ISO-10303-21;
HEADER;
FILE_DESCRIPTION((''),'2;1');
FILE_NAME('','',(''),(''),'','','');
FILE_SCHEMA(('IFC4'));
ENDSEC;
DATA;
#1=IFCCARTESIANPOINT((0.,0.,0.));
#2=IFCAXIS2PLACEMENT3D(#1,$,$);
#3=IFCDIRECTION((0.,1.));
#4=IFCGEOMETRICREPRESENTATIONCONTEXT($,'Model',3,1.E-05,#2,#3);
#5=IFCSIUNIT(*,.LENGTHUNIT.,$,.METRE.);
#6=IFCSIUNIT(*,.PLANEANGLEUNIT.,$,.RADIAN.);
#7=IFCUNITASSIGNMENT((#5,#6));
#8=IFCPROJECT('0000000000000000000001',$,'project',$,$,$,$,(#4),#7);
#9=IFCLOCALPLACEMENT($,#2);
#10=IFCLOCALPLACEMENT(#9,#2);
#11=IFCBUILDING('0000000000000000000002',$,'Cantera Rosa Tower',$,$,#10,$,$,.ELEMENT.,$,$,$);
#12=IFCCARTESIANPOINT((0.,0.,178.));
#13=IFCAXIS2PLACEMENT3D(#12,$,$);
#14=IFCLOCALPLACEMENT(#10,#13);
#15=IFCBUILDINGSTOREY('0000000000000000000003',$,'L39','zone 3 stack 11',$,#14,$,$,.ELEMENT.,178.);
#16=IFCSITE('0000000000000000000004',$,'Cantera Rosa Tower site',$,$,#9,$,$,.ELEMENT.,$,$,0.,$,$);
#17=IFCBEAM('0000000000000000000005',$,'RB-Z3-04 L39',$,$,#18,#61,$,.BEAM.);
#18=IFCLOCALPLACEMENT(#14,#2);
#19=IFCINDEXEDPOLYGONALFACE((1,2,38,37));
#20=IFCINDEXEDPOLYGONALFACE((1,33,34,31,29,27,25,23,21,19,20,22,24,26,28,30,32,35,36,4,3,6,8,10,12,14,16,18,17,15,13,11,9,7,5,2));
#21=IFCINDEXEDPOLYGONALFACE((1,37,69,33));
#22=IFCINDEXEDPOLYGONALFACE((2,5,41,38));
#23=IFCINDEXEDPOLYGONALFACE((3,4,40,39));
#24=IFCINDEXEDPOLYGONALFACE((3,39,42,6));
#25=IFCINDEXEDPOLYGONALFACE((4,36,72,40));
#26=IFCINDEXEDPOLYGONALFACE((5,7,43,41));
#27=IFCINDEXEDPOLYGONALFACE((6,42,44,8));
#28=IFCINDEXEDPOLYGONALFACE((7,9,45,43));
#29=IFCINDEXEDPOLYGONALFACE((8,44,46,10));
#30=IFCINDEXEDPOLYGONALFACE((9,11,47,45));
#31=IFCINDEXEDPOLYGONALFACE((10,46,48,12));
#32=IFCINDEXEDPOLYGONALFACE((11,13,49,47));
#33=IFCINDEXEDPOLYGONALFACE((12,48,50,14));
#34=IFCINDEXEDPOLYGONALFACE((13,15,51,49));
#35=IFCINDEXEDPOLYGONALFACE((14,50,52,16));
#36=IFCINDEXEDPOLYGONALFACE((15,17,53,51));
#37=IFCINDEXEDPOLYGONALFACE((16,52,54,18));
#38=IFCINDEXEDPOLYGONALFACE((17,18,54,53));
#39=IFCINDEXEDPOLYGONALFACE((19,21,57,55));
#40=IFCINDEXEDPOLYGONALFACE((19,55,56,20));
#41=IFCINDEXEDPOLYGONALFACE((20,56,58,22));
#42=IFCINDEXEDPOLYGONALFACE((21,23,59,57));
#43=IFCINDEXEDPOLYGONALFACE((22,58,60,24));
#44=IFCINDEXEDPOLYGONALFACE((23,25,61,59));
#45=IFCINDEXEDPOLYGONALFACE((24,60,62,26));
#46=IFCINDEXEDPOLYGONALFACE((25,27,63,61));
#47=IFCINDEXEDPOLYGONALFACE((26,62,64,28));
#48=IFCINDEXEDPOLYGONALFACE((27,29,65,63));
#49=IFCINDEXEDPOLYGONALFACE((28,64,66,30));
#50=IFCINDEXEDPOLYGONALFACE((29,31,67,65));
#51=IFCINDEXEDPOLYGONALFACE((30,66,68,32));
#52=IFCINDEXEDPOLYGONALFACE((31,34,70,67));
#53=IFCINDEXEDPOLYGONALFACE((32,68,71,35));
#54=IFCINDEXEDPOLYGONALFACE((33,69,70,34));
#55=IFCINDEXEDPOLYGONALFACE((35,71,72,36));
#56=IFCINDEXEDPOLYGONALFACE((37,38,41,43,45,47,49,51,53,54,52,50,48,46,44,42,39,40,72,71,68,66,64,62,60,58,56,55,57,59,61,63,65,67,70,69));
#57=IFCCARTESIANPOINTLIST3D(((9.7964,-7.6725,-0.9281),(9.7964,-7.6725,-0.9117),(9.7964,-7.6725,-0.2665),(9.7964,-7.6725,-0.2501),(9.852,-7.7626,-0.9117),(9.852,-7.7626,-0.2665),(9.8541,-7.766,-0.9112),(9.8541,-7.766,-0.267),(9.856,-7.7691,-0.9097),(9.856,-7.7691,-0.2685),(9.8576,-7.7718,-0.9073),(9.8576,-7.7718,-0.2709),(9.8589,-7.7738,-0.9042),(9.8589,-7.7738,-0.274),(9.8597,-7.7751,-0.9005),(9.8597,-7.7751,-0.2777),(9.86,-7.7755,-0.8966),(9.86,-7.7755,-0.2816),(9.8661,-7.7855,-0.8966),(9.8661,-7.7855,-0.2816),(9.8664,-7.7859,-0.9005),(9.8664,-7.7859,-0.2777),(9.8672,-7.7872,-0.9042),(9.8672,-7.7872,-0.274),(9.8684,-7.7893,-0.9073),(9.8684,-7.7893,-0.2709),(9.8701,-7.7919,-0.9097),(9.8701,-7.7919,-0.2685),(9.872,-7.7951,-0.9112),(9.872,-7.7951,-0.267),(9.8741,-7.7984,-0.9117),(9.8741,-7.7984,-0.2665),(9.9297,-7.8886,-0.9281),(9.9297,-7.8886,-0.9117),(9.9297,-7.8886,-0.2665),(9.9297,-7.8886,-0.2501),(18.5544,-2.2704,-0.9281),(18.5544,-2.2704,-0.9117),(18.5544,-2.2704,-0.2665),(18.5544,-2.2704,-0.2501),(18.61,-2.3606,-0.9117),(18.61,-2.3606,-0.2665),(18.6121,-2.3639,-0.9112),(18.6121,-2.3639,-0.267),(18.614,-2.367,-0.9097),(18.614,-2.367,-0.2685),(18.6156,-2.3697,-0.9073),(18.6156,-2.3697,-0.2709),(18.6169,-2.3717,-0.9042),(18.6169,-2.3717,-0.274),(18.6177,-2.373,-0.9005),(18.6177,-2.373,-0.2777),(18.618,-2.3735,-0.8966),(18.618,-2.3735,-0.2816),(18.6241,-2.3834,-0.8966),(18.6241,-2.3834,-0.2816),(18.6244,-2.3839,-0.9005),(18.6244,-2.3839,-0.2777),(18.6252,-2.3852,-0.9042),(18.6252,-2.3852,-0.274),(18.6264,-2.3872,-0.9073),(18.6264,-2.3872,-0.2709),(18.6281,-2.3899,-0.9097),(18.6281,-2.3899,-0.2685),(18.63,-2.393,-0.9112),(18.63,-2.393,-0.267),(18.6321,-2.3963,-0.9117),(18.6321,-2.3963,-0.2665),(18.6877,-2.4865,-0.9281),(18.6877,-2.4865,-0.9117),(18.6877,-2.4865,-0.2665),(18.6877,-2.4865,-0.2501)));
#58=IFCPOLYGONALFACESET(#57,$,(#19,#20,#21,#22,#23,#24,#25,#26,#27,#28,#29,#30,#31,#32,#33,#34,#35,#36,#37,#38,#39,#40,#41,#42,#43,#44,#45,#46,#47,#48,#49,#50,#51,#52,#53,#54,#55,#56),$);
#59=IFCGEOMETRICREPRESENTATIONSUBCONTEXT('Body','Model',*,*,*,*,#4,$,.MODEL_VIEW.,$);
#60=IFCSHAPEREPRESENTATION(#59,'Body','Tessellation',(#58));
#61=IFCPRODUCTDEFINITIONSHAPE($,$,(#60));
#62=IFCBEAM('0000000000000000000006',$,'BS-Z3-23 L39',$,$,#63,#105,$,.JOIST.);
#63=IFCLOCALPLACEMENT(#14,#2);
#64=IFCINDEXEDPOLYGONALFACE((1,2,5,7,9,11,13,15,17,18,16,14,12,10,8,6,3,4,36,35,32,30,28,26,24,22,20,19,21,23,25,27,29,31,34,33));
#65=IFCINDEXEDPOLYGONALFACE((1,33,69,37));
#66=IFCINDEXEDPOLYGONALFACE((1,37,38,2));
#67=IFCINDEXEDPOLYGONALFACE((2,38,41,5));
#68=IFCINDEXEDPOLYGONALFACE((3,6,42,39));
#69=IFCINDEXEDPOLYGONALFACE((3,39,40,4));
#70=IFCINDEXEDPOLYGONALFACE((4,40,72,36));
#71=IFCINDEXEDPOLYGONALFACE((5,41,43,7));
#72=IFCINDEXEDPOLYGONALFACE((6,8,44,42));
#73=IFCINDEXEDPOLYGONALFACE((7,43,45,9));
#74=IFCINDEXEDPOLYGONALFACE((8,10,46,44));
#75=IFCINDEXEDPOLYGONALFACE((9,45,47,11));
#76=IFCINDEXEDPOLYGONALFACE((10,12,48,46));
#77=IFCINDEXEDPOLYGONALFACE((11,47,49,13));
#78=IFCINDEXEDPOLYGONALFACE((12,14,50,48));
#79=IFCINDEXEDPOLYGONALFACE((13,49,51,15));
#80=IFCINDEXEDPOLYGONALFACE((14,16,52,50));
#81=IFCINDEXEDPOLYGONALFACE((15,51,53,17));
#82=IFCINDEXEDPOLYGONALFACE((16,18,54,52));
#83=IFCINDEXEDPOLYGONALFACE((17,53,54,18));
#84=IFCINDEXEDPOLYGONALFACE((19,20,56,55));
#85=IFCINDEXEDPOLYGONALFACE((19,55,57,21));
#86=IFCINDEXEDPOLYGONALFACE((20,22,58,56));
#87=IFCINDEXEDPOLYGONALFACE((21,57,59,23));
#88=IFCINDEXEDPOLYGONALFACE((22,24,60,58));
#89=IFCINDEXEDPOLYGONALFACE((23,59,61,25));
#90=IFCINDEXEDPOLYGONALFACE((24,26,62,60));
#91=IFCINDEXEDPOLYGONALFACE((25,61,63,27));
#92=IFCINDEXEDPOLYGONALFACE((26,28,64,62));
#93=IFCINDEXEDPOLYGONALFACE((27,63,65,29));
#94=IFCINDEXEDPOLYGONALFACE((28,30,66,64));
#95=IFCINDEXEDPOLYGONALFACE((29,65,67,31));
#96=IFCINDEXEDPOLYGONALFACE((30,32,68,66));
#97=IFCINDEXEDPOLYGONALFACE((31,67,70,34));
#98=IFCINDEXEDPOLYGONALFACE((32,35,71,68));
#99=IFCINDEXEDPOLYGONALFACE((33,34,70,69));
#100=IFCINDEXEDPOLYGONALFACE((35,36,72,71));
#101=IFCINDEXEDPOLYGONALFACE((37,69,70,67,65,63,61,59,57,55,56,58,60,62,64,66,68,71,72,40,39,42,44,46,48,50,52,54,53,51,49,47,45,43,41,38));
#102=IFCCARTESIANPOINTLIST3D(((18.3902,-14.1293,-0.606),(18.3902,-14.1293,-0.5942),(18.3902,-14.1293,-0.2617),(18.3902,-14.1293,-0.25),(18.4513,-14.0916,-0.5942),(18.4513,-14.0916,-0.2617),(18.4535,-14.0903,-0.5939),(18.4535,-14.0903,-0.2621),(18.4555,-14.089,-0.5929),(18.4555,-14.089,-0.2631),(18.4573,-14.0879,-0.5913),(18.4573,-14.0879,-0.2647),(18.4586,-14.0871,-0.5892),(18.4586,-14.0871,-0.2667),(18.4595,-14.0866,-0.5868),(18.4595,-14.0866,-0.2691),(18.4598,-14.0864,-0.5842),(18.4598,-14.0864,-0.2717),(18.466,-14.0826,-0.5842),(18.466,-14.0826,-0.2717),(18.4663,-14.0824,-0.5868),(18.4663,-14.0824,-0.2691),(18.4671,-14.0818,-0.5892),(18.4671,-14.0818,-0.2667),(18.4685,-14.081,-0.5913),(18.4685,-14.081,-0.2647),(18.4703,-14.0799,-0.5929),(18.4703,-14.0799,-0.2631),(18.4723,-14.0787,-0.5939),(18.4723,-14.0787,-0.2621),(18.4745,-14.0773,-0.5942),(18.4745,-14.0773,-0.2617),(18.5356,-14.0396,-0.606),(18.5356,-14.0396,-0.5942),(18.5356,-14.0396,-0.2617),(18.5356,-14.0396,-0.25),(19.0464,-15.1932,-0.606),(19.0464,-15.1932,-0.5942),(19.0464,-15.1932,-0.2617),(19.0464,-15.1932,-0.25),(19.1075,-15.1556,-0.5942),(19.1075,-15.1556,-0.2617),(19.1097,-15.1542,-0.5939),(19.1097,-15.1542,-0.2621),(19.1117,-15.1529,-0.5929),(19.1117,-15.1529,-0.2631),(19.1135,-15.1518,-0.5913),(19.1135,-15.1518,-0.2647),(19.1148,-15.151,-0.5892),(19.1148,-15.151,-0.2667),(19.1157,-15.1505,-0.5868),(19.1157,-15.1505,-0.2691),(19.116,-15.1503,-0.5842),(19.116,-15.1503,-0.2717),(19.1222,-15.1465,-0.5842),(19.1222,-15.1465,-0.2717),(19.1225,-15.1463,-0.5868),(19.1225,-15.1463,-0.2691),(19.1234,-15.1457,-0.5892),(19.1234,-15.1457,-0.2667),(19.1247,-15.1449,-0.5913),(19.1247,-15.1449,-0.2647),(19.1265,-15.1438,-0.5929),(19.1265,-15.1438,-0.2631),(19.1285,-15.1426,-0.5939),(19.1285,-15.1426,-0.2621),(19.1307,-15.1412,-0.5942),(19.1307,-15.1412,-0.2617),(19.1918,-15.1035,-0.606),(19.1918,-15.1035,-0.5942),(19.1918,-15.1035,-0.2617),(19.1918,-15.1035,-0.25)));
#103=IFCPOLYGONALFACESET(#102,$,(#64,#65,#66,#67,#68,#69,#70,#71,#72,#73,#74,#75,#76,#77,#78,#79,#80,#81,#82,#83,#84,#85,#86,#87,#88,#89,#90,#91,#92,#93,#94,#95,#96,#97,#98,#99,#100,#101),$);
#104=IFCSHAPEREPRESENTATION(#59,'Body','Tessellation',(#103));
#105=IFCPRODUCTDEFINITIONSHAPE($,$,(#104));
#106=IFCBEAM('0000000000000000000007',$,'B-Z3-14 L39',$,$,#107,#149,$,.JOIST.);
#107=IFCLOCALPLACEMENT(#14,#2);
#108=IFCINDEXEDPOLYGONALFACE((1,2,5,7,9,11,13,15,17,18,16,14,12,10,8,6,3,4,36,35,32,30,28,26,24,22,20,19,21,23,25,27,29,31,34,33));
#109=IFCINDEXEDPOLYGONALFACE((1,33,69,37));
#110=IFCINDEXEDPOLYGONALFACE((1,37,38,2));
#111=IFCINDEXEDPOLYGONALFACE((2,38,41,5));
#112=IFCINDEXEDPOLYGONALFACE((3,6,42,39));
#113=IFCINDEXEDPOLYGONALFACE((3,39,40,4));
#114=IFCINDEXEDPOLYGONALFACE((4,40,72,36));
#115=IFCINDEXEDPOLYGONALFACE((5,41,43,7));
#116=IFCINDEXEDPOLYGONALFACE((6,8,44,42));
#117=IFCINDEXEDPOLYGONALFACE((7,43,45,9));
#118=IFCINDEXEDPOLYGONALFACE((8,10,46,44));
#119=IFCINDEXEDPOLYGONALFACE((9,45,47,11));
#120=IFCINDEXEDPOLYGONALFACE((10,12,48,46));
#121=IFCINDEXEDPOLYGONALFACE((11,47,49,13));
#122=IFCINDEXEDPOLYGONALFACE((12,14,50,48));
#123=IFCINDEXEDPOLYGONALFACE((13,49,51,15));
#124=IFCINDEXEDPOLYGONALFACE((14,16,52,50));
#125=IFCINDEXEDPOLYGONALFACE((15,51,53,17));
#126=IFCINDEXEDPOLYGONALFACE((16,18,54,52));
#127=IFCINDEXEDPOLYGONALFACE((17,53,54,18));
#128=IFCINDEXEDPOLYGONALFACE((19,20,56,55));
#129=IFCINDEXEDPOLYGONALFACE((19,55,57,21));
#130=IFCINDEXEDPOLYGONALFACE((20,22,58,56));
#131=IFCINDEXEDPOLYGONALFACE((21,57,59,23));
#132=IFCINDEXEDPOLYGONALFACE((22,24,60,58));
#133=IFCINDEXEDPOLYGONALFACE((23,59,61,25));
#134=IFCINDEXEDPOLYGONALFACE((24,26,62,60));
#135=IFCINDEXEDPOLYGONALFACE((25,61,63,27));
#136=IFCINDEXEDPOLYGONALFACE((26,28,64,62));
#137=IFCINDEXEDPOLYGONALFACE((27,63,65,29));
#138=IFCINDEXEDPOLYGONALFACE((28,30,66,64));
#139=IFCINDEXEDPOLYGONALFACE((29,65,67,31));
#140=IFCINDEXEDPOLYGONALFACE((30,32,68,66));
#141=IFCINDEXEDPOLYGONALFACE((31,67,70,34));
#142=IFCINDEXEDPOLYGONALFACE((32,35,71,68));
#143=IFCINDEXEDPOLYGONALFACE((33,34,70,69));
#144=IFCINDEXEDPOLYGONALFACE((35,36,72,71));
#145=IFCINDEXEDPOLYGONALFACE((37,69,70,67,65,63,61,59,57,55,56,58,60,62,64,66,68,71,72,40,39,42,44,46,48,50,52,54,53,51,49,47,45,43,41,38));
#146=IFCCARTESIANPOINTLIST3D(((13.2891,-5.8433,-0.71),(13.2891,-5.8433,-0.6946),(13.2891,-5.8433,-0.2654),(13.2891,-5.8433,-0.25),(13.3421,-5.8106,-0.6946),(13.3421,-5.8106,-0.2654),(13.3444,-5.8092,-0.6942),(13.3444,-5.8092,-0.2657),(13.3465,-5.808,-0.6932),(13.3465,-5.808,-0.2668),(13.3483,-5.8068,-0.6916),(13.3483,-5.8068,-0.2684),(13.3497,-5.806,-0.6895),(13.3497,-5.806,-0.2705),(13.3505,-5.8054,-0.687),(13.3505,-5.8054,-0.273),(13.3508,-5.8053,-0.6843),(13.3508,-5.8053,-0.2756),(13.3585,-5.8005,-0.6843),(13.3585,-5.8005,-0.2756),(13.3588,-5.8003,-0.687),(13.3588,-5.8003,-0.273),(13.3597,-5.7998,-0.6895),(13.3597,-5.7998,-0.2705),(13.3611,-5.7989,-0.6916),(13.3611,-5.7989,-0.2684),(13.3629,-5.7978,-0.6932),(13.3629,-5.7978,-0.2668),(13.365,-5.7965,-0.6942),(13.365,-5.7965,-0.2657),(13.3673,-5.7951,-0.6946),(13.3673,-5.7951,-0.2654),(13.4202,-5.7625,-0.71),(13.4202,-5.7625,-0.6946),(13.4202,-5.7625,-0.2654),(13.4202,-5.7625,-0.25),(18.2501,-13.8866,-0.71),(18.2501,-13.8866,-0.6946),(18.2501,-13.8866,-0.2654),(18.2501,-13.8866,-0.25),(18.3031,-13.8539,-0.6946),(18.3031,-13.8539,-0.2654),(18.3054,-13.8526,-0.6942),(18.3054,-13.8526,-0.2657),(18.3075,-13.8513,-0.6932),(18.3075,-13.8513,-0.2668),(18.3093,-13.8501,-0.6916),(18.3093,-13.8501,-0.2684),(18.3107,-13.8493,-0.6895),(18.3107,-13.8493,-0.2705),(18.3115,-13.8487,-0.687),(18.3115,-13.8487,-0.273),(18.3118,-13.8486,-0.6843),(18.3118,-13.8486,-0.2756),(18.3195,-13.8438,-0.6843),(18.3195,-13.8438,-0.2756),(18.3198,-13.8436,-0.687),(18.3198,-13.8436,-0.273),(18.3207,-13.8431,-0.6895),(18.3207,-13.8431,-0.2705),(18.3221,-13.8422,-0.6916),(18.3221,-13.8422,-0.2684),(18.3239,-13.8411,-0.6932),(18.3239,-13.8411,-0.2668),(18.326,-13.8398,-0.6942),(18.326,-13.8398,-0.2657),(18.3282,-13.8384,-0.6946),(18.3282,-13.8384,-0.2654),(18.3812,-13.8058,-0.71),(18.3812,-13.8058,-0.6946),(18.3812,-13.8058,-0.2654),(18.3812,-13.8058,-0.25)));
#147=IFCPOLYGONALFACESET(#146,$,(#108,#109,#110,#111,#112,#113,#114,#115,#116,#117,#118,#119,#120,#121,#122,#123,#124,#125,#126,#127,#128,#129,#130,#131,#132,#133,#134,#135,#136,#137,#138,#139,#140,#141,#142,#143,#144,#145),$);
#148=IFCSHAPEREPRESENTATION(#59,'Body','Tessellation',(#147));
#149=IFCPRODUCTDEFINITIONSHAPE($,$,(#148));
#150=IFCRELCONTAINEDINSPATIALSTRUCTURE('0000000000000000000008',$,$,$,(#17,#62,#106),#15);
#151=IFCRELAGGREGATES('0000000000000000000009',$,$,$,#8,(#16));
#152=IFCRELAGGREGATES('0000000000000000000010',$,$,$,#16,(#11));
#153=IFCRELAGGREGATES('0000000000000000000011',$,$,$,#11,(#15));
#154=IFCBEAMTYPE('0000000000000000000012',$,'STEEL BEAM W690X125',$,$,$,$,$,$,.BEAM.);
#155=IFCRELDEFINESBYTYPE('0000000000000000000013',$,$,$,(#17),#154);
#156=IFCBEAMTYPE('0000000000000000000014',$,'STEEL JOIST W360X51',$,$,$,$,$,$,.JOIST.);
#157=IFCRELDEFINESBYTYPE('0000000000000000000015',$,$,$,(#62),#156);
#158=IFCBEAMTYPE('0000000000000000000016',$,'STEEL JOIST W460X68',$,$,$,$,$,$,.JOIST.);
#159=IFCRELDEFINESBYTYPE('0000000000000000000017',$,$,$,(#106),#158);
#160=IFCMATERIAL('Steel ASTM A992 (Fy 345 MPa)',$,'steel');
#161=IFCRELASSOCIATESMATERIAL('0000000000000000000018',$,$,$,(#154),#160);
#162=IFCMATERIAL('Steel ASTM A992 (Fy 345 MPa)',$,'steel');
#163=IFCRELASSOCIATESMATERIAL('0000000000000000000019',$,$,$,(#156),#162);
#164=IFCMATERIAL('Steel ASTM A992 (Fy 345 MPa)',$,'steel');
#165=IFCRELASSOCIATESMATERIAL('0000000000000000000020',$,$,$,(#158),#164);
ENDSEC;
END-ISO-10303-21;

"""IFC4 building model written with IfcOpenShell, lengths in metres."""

from ifc_helpers import new_model, si_unit, direction, frame, origin, origin_2d, place, context, subcontext, project, spatial, i_section, extrude, material, material_profile, profile_set, type_object, element, save


model = new_model("IFC4")

# Units and contexts
model_context = context("Model", 3, precision=1e-05, world=origin(), true_north=direction((0.0, 1.0)))
body_context = subcontext(model_context, "Body", "Model", "MODEL_VIEW")
ifc_project = project(units=[si_unit("LENGTHUNIT", "METRE"), si_unit("PLANEANGLEUNIT", "RADIAN")], contexts=[model_context])

# Site, building, storey
site_placement = place(None, origin())
site = spatial("IfcSite", under=ifc_project, at=site_placement, Name="Cantera Rosa Tower site", CompositionType="ELEMENT", RefElevation=0.0)
building_placement = place(site_placement, origin())
building = spatial("IfcBuilding", under=site, at=building_placement, Name="Cantera Rosa Tower", CompositionType="ELEMENT")
storey_placement = place(building_placement, frame((0.0, 0.0, 178.0)))
storey = spatial("IfcBuildingStorey", under=building, at=storey_placement, Name="L39", Description="zone 3 stack 11", CompositionType="ELEMENT", Elevation=178.0)

# Beams
ifc_material_1 = material(Name="Steel ASTM A992 (Fy 345 MPa)", Category="steel")
ifc_material_profile_1 = material_profile(ifc_material_1, i_section(OverallWidth=0.2539, OverallDepth=0.678, WebThickness=0.0117, FlangeThickness=0.0164, FilletRadius=0.0151, at=origin_2d()), Name="W690X125")
ifc_profile_set_1 = profile_set([ifc_material_profile_1], Name="Steel ASTM A992 (Fy 345 MPa)")
beam_type_1 = type_object("IfcBeamType", Name="STEEL BEAM W690X125", PredefinedType="BEAM", material=ifc_profile_set_1)
beam_1_placement = place(storey_placement, frame((9.863, -7.7805, -0.5891), z_axis=(0.851115, 0.52498, 0.0), x_axis=(-0.52498, 0.851115, 0.0)))
element("IfcBeam", 1, at=beam_1_placement, inside=storey, type_object=beam_type_1, Name="RB-Z3-04 L39", PredefinedType="BEAM", context=body_context, shape_type="SweptSolid", body=[
    extrude(i_section(OverallWidth=0.2539, OverallDepth=0.678, WebThickness=0.0117, FlangeThickness=0.0164, FilletRadius=0.0151, at=origin_2d()), origin(), (0.0, 0.0, 1.0), 10.29),
])
ifc_material_2 = material(Name="Steel ASTM A992 (Fy 345 MPa)", Category="steel")
ifc_material_profile_2 = material_profile(ifc_material_2, i_section(OverallWidth=0.1709, OverallDepth=0.356, WebThickness=0.0073, FlangeThickness=0.0117, FilletRadius=0.01, at=origin_2d()), Name="W360X51")
ifc_profile_set_2 = profile_set([ifc_material_profile_2], Name="Steel ASTM A992 (Fy 345 MPa)")
beam_type_2 = type_object("IfcBeamType", Name="STEEL JOIST W360X51", PredefinedType="JOIST", material=ifc_profile_set_2)
beam_2_placement = place(storey_placement, frame((18.4629, -14.0845, -0.428), z_axis=(0.524969, -0.851121, 0.0), x_axis=(0.851121, 0.524969, 0.0)))
element("IfcBeam", 2, at=beam_2_placement, inside=storey, type_object=beam_type_2, Name="BS-Z3-23 L39", PredefinedType="JOIST", context=body_context, shape_type="SweptSolid", body=[
    extrude(i_section(OverallWidth=0.1709, OverallDepth=0.356, WebThickness=0.0073, FlangeThickness=0.0117, FilletRadius=0.01, at=origin_2d()), origin(), (0.0, 0.0, 1.0), 1.25),
])
ifc_material_3 = material(Name="Steel ASTM A992 (Fy 345 MPa)", Category="steel")
ifc_material_profile_3 = material_profile(ifc_material_3, i_section(OverallWidth=0.1541, OverallDepth=0.46, WebThickness=0.009, FlangeThickness=0.0154, FilletRadius=0.0103, at=origin_2d()), Name="W460X68")
ifc_profile_set_3 = profile_set([ifc_material_profile_3], Name="Steel ASTM A992 (Fy 345 MPa)")
beam_type_3 = type_object("IfcBeamType", Name="STEEL JOIST W460X68", PredefinedType="JOIST", material=ifc_profile_set_3)
beam_3_placement = place(storey_placement, frame((18.3157, -13.8462, -0.48), z_axis=(-0.524962, 0.851126, 0.0), x_axis=(-0.851126, -0.524962, 0.0)))
element("IfcBeam", 3, at=beam_3_placement, inside=storey, type_object=beam_type_3, Name="B-Z3-14 L39", PredefinedType="JOIST", context=body_context, shape_type="SweptSolid", body=[
    extrude(i_section(OverallWidth=0.1541, OverallDepth=0.46, WebThickness=0.009, FlangeThickness=0.0154, FilletRadius=0.0103, at=origin_2d()), origin(), (0.0, 0.0, 1.0), 9.4502),
])

save(model, "model.ifc")
